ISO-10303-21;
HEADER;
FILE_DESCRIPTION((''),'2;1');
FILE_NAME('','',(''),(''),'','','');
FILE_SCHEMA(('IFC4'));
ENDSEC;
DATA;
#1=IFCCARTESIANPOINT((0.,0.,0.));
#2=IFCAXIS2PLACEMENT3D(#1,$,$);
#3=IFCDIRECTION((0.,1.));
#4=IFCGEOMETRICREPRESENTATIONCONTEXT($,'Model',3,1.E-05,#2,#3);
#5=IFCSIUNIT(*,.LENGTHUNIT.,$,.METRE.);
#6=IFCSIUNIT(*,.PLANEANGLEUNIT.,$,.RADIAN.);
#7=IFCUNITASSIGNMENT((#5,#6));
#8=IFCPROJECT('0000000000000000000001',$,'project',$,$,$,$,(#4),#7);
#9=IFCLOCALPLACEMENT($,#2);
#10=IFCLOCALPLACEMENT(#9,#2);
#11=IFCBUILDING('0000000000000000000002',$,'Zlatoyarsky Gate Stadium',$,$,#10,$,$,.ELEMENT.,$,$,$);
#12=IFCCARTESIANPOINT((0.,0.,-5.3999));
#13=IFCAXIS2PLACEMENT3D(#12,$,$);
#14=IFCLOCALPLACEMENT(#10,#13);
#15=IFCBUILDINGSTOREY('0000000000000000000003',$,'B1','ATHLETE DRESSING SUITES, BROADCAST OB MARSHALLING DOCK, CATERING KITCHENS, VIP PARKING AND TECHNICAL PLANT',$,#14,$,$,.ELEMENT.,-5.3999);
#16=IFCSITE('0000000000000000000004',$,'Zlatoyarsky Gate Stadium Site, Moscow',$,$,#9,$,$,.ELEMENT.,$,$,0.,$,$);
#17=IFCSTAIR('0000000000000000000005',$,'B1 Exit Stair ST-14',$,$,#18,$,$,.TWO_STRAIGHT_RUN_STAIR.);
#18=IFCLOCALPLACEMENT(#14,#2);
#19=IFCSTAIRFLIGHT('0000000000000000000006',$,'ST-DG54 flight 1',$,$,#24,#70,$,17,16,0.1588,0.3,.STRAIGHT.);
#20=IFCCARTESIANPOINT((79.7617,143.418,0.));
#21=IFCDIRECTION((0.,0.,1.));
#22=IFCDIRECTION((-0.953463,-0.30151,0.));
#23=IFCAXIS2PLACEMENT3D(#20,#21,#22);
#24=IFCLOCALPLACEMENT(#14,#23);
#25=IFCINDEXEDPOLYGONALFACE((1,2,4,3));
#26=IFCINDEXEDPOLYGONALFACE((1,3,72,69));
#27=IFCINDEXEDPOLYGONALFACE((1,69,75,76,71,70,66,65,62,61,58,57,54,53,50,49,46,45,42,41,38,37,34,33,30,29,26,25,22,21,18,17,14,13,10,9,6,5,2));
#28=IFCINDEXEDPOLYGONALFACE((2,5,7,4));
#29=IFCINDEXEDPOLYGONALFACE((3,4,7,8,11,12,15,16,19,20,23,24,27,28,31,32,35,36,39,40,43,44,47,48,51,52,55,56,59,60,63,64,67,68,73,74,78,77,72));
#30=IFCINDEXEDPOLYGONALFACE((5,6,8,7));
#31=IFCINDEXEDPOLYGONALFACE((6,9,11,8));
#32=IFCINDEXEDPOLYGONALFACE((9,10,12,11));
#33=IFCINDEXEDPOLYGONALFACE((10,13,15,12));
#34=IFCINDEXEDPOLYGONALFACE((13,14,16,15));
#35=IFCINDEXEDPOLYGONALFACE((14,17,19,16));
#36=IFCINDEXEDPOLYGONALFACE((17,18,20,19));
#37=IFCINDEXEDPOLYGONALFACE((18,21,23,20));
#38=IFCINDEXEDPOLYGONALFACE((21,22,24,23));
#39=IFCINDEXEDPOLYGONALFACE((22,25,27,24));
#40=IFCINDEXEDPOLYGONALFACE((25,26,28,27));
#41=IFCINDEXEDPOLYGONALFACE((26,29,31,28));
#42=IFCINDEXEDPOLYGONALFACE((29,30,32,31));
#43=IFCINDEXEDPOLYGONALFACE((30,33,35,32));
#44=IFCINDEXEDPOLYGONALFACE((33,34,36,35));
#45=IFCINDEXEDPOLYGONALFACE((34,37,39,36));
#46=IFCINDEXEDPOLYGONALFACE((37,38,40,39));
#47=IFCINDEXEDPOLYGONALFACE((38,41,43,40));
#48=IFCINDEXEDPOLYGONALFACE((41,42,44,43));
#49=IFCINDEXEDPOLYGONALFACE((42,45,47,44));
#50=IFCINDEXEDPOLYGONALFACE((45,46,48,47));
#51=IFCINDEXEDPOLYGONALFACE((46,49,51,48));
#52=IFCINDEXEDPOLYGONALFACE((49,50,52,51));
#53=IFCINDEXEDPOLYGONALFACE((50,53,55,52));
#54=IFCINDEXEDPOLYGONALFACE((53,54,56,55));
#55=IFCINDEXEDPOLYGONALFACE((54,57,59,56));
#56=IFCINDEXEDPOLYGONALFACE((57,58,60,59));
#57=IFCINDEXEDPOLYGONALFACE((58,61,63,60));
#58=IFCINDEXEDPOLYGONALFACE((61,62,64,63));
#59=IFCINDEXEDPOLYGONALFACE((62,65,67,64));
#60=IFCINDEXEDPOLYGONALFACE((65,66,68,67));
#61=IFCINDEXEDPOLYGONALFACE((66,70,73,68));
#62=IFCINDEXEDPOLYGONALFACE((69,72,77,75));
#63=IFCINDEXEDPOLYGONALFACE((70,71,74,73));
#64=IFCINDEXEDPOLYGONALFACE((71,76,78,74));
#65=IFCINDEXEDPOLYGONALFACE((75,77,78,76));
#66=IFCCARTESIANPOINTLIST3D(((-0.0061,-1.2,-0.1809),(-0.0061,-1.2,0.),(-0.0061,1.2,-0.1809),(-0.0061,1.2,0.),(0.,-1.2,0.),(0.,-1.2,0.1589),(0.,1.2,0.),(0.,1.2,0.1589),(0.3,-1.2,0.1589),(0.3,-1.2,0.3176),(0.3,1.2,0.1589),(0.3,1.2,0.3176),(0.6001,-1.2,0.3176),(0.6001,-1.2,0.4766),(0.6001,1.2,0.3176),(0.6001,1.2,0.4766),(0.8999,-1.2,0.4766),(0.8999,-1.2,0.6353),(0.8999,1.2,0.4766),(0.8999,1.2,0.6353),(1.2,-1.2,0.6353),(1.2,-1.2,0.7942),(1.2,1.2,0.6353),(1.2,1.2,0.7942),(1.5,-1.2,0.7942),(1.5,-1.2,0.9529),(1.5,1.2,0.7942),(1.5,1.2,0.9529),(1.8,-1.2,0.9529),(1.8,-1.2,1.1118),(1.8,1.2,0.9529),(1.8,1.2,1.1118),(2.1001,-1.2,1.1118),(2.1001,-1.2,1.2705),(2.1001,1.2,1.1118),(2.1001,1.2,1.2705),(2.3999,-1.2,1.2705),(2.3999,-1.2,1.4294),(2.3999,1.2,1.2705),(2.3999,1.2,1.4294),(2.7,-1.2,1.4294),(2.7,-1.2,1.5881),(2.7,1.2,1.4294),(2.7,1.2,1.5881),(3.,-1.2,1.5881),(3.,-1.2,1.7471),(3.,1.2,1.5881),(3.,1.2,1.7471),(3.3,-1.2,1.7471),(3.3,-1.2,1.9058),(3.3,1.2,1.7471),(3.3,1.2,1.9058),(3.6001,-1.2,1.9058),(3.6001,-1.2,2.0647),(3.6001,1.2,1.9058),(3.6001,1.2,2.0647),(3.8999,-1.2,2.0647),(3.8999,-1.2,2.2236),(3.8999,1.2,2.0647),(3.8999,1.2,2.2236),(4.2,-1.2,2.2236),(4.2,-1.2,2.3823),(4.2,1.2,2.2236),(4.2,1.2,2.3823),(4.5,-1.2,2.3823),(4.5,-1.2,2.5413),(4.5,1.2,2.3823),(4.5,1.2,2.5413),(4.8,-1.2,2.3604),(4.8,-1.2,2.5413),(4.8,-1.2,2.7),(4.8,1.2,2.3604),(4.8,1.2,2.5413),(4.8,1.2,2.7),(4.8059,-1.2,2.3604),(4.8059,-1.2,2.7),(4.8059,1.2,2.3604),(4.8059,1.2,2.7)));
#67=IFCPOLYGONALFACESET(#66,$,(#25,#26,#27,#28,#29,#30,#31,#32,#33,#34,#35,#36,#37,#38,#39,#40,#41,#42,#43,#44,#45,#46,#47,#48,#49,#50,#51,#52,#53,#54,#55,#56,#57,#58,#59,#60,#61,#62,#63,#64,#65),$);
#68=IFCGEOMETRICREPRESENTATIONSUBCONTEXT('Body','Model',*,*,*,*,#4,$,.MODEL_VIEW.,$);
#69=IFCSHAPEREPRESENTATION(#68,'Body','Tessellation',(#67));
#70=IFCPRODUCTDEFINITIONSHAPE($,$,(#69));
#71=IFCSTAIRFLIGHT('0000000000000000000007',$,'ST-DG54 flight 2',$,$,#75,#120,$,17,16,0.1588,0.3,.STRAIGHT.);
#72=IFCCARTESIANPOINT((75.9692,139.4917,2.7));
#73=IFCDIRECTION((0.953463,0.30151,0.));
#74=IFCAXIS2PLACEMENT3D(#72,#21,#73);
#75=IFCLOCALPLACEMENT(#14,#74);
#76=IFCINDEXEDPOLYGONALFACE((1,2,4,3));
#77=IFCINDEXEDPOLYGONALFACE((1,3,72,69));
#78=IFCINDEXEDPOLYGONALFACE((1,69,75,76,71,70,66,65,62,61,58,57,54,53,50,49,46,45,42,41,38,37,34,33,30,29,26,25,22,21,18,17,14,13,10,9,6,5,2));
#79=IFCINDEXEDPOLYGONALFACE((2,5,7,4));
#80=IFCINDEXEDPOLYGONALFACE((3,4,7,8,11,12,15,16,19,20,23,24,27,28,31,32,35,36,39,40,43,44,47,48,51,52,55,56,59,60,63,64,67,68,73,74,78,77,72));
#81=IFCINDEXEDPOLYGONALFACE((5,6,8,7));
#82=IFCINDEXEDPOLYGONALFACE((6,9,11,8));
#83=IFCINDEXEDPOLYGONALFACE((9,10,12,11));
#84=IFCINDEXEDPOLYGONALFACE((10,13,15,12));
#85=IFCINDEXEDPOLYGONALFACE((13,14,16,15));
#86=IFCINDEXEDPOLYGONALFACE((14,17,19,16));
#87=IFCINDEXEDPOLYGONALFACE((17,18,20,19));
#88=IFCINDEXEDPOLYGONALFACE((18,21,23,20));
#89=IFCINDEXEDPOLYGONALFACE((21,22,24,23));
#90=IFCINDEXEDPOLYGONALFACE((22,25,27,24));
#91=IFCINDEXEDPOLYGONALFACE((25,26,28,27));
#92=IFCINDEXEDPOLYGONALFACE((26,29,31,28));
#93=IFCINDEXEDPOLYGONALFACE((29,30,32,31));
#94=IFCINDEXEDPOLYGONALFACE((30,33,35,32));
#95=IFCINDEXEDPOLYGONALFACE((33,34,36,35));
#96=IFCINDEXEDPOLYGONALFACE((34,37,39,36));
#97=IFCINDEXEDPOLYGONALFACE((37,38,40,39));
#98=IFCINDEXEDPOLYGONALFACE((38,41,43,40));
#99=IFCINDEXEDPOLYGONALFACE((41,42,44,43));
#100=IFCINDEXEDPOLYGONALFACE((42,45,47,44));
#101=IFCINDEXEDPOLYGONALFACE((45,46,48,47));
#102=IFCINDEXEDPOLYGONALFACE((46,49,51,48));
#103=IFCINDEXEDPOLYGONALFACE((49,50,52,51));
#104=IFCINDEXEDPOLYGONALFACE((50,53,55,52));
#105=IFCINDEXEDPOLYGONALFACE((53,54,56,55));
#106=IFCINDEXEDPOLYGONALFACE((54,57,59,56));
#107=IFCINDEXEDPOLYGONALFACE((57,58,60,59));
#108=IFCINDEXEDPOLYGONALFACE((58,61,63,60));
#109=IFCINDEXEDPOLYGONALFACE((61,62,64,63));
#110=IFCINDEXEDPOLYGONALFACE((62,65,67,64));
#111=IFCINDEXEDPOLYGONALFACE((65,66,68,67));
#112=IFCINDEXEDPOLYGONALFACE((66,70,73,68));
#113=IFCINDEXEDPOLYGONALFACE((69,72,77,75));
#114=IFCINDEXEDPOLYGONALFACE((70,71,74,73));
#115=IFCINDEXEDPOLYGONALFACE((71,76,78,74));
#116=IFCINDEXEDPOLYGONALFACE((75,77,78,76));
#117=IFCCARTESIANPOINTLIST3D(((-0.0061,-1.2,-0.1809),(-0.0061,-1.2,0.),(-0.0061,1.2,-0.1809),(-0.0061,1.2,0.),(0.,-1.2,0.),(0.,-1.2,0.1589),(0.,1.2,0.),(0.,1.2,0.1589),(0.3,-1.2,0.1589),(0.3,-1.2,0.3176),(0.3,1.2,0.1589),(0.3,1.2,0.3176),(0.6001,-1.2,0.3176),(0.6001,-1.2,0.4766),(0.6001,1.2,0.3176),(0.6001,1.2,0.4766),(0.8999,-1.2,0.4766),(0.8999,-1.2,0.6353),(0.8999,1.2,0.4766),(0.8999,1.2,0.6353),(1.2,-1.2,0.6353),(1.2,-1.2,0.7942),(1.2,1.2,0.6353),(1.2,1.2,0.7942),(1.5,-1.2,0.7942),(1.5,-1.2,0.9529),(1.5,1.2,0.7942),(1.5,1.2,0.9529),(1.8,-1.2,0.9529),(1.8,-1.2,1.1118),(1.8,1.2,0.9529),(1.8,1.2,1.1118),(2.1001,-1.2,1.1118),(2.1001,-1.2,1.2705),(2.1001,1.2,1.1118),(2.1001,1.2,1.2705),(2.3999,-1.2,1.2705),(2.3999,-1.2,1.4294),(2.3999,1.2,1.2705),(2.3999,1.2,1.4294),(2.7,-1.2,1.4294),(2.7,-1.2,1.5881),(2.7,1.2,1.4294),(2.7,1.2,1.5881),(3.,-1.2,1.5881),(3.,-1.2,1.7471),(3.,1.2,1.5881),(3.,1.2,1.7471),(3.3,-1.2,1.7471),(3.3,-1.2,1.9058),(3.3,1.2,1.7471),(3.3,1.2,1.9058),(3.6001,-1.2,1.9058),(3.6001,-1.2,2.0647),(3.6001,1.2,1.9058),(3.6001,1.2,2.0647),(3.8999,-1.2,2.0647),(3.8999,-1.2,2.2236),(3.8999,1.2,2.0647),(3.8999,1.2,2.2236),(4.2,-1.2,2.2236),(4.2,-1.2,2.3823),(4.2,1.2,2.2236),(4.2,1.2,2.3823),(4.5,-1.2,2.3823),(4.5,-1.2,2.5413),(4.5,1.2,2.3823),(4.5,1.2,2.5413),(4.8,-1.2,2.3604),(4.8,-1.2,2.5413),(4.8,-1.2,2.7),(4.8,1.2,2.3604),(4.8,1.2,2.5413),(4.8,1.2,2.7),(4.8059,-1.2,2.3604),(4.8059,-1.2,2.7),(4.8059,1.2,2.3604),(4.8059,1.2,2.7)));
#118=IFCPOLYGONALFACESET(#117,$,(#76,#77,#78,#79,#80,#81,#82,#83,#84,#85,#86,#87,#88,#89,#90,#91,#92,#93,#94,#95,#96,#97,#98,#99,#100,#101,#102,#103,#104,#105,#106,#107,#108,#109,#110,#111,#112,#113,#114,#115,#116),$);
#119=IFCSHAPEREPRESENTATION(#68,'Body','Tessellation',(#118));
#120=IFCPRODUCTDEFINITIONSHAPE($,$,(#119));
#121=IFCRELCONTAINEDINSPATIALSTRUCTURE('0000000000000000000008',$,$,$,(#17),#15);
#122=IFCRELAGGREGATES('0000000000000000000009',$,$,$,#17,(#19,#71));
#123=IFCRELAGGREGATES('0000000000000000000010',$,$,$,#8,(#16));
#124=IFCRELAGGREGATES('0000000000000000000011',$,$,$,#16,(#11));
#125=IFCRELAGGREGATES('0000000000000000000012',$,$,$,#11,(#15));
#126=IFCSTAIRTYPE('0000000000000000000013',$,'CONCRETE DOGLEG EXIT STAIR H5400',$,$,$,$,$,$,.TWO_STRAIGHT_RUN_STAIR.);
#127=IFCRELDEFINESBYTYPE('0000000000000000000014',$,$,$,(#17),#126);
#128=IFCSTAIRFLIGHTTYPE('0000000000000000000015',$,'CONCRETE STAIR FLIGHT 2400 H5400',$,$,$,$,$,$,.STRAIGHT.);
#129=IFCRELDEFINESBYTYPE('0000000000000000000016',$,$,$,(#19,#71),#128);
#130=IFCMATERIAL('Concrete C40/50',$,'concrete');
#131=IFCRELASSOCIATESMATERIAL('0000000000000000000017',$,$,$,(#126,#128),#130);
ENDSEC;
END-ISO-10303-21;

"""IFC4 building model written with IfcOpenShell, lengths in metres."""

from ifc_helpers import new_model, si_unit, direction, frame, origin, place, context, subcontext, project, spatial, polyline, outline, extrude, material, type_object, element, aggregate, save


model = new_model("IFC4")

# Units and contexts
model_context = context("Model", 3, precision=1e-05, world=origin(), true_north=direction((0.0, 1.0)))
body_context = subcontext(model_context, "Body", "Model", "MODEL_VIEW")
ifc_project = project(units=[si_unit("LENGTHUNIT", "METRE"), si_unit("PLANEANGLEUNIT", "RADIAN")], contexts=[model_context])

# Site, building, storey
site_placement = place(None, origin())
site = spatial("IfcSite", under=ifc_project, at=site_placement, Name="Zlatoyarsky Gate Stadium Site, Moscow", CompositionType="ELEMENT", RefElevation=0.0)
building_placement = place(site_placement, origin())
building = spatial("IfcBuilding", under=site, at=building_placement, Name="Zlatoyarsky Gate Stadium", CompositionType="ELEMENT")
storey_placement = place(building_placement, frame((0.0, 0.0, -5.3999)))
storey = spatial("IfcBuildingStorey", under=building, at=storey_placement, Name="B1", Description="ATHLETE DRESSING SUITES, BROADCAST OB MARSHALLING DOCK, CATERING KITCHENS, VIP PARKING AND TECHNICAL PLANT", CompositionType="ELEMENT", Elevation=-5.3999)

# Shared definitions
ifc_material_1 = material(Name="Concrete C40/50", Category="concrete")

# Stair, stair flights
stair_type = type_object("IfcStairType", Name="CONCRETE DOGLEG EXIT STAIR H5400", PredefinedType="TWO_STRAIGHT_RUN_STAIR", material=ifc_material_1)
stair_placement = place(storey_placement, origin())
stair = element("IfcStair", 1, at=stair_placement, inside=storey, type_object=stair_type, Name="B1 Exit Stair ST-14", PredefinedType="TWO_STRAIGHT_RUN_STAIR")
stair_flight_type = type_object("IfcStairFlightType", Name="CONCRETE STAIR FLIGHT 2400 H5400", PredefinedType="STRAIGHT", material=ifc_material_1)
stair_flight_1_placement = place(storey_placement, frame((79.7617, 143.418, 0.0), z_axis=(0.0, 0.0, 1.0), x_axis=(-0.953463, -0.30151, 0.0)))
stair_flight_1 = element("IfcStairFlight", 2, at=stair_flight_1_placement, type_object=stair_flight_type, Name="ST-DG54 flight 1", NumberOfRisers=17, NumberOfTreads=16, PredefinedType="STRAIGHT", RiserHeight=0.1588, TreadLength=0.3, context=body_context, shape_type="SweptSolid", body=[
    extrude(outline(polyline([(-0.0061, -0.1809), (-0.0061, 0.0), (0.0, 0.0), (0.0, 0.1589), (0.3, 0.1589), (0.3, 0.3176), (0.6001, 0.3176), (0.6001, 0.4766), (0.8999, 0.4766), (0.8999, 0.6353), (1.2, 0.6353), (1.2, 0.7942), (1.5, 0.7942), (1.5, 0.9529), (1.8, 0.9529), (1.8, 1.1118), (2.1001, 1.1118), (2.1001, 1.2705), (2.3999, 1.2705), (2.3999, 1.4294), (2.7, 1.4294), (2.7, 1.5881), (3.0, 1.5881), (3.0, 1.7471), (3.3, 1.7471), (3.3, 1.9058), (3.6001, 1.9058), (3.6001, 2.0647), (3.8999, 2.0647), (3.8999, 2.2236), (4.2, 2.2236), (4.2, 2.3823), (4.5, 2.3823), (4.5, 2.5413), (4.8, 2.5413), (4.8, 2.7), (4.8059, 2.7), (4.8059, 2.3604), (4.8, 2.3604), (-0.0061, -0.1809)])), frame((0.0, 1.2, 0.0), z_axis=(0.0, -1.0, 0.0), x_axis=(1.0, 0.0, 0.0)), (0.0, 0.0, 1.0), 2.3999),
])
stair_flight_2_placement = place(storey_placement, frame((75.9692, 139.4917, 2.7), z_axis=(0.0, 0.0, 1.0), x_axis=(0.953463, 0.30151, 0.0)))
stair_flight_2 = element("IfcStairFlight", 3, at=stair_flight_2_placement, type_object=stair_flight_type, Name="ST-DG54 flight 2", NumberOfRisers=17, NumberOfTreads=16, PredefinedType="STRAIGHT", RiserHeight=0.1588, TreadLength=0.3, context=body_context, shape_type="SweptSolid", body=[
    extrude(outline(polyline([(-0.0061, -0.1809), (-0.0061, 0.0), (0.0, 0.0), (0.0, 0.1589), (0.3, 0.1589), (0.3, 0.3176), (0.6001, 0.3176), (0.6001, 0.4766), (0.8999, 0.4766), (0.8999, 0.6353), (1.2, 0.6353), (1.2, 0.7942), (1.5, 0.7942), (1.5, 0.9529), (1.8, 0.9529), (1.8, 1.1118), (2.1001, 1.1118), (2.1001, 1.2705), (2.3999, 1.2705), (2.3999, 1.4294), (2.7, 1.4294), (2.7, 1.5881), (3.0, 1.5881), (3.0, 1.7471), (3.3, 1.7471), (3.3, 1.9058), (3.6001, 1.9058), (3.6001, 2.0647), (3.8999, 2.0647), (3.8999, 2.2236), (4.2, 2.2236), (4.2, 2.3823), (4.5, 2.3823), (4.5, 2.5413), (4.8, 2.5413), (4.8, 2.7), (4.8059, 2.7), (4.8059, 2.3604), (4.8, 2.3604), (-0.0061, -0.1809)])), frame((0.0, 1.2, 0.0), z_axis=(0.0, -1.0, 0.0), x_axis=(1.0, 0.0, 0.0)), (0.0, 0.0, 1.0), 2.3999),
])
aggregate(stair, [stair_flight_1, stair_flight_2])

save(model, "model.ifc")
